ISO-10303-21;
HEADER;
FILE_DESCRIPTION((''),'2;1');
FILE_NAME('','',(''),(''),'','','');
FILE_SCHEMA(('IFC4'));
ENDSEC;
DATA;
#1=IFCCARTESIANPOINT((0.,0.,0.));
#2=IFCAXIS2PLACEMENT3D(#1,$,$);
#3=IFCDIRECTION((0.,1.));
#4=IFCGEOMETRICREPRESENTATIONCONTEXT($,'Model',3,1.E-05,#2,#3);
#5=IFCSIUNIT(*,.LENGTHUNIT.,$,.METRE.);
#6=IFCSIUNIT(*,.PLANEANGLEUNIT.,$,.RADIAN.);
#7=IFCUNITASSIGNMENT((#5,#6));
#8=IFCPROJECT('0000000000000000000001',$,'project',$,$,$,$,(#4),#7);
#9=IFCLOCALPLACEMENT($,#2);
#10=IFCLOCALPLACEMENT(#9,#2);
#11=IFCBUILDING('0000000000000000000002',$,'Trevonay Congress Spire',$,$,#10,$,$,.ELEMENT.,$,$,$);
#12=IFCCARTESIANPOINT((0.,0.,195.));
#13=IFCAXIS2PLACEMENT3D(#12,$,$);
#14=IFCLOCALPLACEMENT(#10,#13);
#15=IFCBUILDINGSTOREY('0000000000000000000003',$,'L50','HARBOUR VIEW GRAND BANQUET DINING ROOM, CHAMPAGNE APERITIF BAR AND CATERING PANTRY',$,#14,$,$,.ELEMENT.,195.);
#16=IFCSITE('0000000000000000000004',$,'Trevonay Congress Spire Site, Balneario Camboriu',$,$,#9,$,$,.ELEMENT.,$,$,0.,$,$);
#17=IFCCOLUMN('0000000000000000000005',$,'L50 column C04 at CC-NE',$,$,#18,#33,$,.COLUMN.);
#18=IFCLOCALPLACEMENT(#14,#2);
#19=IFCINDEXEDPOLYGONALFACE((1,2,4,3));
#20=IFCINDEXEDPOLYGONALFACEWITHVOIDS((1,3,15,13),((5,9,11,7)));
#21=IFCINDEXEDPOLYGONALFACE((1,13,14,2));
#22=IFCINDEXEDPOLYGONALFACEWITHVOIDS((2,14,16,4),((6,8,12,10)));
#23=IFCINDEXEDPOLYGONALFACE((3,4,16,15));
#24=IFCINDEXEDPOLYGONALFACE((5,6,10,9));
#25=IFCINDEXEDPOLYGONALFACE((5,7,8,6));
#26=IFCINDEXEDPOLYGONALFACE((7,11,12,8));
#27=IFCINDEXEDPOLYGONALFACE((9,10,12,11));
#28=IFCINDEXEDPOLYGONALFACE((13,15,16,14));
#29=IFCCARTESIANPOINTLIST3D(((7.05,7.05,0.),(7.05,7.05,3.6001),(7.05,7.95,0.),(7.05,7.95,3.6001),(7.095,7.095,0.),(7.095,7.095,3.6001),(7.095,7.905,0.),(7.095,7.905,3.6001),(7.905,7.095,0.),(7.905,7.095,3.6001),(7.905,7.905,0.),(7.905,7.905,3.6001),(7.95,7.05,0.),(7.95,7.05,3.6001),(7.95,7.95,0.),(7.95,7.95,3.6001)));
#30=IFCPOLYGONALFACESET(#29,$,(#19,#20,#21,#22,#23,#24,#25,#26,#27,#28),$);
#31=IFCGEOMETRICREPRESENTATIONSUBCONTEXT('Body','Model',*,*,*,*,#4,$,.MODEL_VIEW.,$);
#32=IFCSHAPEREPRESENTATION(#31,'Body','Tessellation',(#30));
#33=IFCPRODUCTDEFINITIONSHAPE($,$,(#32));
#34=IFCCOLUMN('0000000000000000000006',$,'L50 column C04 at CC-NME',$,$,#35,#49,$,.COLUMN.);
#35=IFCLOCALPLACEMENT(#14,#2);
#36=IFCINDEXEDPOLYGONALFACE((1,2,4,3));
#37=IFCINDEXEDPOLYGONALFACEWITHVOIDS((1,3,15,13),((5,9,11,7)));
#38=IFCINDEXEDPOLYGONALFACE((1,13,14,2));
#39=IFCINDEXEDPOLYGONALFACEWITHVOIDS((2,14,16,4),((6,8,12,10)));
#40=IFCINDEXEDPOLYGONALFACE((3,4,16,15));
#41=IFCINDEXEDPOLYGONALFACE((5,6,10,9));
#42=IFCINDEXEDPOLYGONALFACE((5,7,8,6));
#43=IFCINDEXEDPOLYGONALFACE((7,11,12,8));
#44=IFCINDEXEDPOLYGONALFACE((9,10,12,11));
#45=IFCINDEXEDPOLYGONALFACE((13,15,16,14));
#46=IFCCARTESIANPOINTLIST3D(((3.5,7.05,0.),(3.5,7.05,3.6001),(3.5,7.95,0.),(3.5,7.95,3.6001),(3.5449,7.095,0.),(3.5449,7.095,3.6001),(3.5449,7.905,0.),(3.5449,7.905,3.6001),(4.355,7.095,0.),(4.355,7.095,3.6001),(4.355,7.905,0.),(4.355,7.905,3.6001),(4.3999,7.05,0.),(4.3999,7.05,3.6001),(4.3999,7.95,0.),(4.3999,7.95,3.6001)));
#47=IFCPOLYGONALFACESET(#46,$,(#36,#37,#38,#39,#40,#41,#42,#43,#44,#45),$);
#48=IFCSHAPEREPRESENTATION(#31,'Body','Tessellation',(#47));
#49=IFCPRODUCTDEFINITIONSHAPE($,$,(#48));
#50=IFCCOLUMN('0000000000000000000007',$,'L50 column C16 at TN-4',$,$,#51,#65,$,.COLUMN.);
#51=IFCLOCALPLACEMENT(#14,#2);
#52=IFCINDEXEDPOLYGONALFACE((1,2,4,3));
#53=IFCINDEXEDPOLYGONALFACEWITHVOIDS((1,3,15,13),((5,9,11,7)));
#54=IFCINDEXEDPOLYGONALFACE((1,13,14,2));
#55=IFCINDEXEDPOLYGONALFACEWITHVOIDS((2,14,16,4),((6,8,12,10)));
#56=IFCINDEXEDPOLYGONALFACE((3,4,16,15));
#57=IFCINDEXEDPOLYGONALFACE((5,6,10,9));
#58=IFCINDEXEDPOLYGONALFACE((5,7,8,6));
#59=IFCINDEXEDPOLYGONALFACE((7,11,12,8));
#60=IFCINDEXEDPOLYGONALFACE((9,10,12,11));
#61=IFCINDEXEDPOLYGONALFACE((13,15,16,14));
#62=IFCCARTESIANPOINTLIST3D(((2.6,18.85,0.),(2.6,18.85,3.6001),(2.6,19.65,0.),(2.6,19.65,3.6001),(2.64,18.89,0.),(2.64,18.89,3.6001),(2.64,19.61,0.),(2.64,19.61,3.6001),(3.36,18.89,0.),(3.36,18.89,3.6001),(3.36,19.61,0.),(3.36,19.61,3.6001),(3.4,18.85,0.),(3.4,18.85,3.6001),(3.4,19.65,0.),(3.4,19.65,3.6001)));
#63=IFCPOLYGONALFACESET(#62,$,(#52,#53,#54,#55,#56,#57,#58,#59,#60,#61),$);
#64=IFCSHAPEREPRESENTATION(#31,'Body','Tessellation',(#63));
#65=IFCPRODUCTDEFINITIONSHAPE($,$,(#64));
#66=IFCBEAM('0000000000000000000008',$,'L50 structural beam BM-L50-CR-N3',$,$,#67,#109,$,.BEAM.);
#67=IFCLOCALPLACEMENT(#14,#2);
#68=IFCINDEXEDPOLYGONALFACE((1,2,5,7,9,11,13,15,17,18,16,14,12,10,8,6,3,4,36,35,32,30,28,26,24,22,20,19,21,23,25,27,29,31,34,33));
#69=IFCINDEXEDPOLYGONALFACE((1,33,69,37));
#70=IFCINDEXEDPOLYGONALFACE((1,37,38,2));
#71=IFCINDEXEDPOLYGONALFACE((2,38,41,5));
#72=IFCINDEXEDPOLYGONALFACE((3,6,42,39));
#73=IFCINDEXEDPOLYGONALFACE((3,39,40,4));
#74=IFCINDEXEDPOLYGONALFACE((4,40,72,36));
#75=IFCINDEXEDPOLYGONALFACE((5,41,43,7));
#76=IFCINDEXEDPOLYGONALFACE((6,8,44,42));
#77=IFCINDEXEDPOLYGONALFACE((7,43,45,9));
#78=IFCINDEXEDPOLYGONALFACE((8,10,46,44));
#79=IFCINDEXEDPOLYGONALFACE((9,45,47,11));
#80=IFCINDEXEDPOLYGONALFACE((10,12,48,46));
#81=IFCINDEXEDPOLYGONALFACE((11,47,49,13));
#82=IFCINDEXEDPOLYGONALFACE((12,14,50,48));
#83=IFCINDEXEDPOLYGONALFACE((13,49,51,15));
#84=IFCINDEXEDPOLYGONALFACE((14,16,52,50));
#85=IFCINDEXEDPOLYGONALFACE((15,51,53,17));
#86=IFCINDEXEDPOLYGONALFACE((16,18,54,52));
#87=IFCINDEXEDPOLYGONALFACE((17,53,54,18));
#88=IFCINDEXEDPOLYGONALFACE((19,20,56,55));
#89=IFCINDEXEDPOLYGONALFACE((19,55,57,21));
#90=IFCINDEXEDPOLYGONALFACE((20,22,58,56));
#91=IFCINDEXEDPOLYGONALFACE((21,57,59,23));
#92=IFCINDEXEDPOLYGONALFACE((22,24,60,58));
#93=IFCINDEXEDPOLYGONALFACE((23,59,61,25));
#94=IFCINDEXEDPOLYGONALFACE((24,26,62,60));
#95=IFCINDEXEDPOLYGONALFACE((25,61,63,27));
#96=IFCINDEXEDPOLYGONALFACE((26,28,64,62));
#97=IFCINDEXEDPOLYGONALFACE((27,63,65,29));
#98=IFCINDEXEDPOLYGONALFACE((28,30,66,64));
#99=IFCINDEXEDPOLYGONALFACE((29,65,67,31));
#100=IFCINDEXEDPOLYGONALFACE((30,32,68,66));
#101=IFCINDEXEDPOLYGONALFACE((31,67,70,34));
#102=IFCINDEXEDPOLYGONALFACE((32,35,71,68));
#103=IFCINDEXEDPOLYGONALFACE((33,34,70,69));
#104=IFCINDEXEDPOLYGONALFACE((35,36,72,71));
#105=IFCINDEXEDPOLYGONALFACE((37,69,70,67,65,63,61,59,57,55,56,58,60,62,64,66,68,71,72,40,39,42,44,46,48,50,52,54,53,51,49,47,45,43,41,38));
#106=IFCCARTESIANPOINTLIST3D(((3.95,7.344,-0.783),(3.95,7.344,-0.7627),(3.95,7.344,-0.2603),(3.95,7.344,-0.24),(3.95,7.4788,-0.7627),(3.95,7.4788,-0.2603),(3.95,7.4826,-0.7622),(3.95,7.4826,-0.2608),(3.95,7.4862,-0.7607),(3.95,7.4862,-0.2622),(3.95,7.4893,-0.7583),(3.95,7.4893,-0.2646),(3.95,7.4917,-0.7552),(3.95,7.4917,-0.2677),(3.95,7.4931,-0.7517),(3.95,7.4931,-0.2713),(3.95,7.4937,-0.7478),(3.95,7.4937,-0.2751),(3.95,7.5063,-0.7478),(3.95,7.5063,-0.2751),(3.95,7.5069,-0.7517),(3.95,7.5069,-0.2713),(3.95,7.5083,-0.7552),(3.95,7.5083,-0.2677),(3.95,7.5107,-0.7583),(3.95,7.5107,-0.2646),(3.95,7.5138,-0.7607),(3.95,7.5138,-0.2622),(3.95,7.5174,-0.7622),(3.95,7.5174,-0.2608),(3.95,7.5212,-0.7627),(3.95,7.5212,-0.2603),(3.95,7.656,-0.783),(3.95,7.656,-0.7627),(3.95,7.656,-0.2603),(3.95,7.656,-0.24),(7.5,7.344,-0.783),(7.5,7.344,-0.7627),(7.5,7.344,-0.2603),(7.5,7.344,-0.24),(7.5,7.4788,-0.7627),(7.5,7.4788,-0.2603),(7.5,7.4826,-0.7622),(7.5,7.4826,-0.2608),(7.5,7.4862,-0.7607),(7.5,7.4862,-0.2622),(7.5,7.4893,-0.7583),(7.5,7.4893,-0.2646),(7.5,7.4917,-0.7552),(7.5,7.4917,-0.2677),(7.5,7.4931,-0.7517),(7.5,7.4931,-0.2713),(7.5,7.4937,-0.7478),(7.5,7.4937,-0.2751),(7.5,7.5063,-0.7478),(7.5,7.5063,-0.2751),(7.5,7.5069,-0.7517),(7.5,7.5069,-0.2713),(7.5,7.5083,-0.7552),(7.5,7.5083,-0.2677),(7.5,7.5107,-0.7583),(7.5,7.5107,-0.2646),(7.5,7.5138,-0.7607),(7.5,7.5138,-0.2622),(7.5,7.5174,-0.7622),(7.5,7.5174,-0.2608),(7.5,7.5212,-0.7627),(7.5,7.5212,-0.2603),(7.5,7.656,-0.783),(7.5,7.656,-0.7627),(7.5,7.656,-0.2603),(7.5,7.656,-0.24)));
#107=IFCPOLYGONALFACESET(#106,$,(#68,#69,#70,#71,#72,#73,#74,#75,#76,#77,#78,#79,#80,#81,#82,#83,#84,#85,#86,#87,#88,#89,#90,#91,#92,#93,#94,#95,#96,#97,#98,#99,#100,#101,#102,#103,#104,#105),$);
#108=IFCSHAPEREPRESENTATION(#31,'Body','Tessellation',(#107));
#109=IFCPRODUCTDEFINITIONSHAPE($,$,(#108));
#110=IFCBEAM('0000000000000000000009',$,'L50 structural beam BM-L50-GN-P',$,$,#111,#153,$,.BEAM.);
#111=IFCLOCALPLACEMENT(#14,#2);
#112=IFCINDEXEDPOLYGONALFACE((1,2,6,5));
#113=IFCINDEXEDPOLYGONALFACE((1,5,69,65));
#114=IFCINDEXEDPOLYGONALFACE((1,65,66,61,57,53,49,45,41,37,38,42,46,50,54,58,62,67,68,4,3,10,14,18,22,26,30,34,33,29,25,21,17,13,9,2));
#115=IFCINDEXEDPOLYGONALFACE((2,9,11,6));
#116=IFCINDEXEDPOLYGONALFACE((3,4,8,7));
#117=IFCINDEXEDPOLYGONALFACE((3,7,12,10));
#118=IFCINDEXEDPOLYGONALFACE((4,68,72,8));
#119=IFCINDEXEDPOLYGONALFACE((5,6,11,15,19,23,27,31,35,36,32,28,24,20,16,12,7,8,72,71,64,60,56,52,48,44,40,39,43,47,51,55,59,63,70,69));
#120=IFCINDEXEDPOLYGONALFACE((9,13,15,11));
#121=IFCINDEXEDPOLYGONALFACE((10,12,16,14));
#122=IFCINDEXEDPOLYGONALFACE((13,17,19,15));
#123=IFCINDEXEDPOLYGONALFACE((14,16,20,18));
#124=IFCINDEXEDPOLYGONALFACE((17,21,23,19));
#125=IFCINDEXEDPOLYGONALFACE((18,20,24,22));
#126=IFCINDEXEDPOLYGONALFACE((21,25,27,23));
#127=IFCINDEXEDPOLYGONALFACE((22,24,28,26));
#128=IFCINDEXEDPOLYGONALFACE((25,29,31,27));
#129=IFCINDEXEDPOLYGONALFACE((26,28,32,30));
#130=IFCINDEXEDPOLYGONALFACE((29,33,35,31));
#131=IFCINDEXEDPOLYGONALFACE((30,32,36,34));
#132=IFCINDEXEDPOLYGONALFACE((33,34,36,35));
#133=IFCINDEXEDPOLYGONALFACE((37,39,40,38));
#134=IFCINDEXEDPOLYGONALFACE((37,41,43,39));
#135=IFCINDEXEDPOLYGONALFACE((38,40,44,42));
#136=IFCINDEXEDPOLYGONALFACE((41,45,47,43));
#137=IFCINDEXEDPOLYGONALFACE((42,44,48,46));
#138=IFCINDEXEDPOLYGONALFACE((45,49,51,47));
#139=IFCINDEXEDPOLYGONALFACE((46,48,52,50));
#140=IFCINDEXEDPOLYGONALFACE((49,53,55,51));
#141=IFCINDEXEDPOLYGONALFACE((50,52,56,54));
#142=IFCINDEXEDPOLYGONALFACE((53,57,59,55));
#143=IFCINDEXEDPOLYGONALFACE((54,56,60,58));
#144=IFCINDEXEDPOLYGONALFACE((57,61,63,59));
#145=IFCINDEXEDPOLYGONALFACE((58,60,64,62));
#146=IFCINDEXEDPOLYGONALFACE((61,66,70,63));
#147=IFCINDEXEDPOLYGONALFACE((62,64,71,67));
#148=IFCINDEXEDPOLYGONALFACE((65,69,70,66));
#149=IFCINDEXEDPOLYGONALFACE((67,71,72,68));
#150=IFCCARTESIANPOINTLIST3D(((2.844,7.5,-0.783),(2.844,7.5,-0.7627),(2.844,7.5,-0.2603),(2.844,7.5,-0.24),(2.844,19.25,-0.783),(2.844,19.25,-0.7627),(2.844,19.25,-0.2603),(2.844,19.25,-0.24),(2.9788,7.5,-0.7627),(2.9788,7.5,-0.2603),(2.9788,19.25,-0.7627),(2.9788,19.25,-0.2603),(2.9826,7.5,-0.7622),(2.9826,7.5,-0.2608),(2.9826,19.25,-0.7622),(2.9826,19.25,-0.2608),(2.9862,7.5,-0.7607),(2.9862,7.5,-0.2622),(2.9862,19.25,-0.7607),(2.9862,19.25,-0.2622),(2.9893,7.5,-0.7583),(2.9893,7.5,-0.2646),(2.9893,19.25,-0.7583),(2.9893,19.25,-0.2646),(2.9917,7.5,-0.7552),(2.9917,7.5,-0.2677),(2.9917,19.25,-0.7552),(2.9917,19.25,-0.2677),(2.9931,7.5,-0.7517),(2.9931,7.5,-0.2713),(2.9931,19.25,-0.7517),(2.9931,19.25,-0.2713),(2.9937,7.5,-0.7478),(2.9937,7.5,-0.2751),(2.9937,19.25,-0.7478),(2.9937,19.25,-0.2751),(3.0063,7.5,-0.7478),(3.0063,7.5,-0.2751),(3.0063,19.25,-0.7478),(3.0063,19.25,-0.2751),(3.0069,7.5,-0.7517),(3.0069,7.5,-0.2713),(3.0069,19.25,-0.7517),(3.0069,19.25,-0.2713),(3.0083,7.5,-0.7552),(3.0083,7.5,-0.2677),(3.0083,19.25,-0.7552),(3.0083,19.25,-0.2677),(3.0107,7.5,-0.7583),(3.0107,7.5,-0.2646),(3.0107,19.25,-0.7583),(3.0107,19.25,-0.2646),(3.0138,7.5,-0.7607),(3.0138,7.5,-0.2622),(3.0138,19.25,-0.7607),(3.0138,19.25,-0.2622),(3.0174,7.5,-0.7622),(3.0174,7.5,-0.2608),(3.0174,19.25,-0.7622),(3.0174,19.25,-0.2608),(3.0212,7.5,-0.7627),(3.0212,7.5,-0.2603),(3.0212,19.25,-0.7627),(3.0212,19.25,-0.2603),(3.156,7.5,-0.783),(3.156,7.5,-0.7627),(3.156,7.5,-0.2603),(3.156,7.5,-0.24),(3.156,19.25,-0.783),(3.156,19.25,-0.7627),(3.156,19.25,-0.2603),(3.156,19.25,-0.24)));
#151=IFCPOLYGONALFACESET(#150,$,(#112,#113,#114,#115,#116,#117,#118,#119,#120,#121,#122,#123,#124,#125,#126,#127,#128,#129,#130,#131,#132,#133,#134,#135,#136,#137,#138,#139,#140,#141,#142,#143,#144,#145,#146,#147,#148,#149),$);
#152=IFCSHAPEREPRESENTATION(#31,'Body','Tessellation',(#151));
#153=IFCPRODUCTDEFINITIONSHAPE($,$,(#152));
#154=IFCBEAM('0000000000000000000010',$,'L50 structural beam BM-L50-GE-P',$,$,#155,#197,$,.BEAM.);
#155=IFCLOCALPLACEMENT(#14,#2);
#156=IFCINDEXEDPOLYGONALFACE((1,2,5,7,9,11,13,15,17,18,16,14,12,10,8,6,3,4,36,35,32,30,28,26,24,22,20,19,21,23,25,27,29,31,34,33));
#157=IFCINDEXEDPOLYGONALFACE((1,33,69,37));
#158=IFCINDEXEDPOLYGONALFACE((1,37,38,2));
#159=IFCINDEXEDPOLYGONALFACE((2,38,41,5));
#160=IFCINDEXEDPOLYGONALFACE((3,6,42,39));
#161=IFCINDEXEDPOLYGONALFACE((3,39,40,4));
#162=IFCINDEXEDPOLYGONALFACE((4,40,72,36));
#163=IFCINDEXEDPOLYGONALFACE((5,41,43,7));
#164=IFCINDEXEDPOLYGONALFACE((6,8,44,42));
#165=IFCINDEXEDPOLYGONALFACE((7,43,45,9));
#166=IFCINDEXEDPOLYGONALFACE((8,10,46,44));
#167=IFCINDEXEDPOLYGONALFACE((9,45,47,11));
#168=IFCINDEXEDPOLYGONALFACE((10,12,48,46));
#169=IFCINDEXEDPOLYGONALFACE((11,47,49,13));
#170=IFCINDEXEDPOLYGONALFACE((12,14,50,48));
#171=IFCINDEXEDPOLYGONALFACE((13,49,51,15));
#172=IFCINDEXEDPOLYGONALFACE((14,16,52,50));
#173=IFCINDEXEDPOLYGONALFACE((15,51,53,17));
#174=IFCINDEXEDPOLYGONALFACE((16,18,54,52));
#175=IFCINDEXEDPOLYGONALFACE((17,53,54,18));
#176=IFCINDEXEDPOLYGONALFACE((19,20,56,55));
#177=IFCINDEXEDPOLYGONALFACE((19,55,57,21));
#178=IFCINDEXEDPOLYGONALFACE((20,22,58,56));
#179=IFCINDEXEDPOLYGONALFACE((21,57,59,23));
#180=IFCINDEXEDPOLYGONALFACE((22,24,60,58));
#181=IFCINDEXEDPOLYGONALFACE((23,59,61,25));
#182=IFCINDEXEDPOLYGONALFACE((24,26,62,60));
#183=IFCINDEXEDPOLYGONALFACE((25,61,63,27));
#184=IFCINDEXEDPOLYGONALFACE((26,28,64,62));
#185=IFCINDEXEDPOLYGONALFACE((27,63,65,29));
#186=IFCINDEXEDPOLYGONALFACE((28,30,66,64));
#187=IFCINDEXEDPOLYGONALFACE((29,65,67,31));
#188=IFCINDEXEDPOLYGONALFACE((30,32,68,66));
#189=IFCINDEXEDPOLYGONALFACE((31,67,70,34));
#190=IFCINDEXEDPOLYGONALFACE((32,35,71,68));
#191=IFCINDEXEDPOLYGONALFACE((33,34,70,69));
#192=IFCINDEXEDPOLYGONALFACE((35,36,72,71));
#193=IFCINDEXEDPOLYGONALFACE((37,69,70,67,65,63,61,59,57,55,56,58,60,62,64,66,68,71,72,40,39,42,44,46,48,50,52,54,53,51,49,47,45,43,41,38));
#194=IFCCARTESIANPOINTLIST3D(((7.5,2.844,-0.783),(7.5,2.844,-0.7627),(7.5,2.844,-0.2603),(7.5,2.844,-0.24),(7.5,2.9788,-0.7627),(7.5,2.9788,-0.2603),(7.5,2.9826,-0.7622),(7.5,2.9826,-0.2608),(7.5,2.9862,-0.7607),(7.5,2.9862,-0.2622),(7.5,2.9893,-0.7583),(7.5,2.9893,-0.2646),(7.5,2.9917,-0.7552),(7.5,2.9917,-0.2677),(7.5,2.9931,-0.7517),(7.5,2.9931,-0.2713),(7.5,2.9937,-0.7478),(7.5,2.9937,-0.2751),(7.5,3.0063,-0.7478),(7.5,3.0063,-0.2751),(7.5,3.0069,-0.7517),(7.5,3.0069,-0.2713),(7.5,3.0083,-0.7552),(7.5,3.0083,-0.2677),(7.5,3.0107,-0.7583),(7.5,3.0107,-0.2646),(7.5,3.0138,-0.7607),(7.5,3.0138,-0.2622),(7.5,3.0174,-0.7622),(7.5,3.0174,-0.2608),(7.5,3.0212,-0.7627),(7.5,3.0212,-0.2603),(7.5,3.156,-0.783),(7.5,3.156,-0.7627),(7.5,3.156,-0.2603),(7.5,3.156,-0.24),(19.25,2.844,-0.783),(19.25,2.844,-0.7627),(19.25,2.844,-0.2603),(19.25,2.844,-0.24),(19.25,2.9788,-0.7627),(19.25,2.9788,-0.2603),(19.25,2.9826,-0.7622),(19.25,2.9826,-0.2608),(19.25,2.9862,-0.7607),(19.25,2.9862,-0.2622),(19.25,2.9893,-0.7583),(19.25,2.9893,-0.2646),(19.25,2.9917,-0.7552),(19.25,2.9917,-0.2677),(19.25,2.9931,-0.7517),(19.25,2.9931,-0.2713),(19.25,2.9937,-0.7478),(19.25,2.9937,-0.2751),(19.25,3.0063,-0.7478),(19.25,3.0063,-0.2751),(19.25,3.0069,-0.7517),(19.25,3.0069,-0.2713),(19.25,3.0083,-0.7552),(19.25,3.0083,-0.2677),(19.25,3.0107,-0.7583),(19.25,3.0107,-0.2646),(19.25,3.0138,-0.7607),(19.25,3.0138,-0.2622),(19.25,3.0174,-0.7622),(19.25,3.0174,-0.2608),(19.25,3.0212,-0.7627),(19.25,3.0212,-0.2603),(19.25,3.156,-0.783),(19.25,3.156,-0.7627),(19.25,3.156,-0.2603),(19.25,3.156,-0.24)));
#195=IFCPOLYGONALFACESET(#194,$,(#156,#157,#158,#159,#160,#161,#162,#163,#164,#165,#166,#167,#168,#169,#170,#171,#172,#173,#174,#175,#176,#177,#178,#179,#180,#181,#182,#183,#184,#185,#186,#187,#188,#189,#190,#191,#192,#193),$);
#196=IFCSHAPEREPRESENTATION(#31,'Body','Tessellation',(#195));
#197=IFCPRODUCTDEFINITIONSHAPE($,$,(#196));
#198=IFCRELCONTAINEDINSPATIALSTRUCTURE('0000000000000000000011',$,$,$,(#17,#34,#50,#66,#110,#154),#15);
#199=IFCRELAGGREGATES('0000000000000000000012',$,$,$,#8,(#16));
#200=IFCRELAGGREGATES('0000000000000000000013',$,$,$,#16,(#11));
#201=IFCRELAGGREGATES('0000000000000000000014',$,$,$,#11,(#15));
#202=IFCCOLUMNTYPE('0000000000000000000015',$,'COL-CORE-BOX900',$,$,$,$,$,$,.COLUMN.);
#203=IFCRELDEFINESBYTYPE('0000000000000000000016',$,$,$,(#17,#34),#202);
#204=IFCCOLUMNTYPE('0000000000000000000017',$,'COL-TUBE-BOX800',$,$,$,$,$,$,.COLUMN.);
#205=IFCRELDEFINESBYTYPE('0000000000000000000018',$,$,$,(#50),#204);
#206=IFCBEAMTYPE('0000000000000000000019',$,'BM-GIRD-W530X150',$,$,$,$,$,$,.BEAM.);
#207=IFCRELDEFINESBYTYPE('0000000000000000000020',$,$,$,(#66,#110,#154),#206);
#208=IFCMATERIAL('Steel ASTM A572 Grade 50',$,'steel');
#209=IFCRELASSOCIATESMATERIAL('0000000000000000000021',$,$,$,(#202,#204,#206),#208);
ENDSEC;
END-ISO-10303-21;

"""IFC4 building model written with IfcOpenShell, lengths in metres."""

from ifc_helpers import new_model, si_unit, direction, frame, origin, origin_2d, place, context, subcontext, project, spatial, hollow_rectangle, i_section, extrude, material, material_profile, profile_set, type_object, element, save


model = new_model("IFC4")

# Units and contexts
model_context = context("Model", 3, precision=1e-05, world=origin(), true_north=direction((0.0, 1.0)))
body_context = subcontext(model_context, "Body", "Model", "MODEL_VIEW")
ifc_project = project(units=[si_unit("LENGTHUNIT", "METRE"), si_unit("PLANEANGLEUNIT", "RADIAN")], contexts=[model_context])

# Site, building, storey
site_placement = place(None, origin())
site = spatial("IfcSite", under=ifc_project, at=site_placement, Name="Trevonay Congress Spire Site, Balneario Camboriu", CompositionType="ELEMENT", RefElevation=0.0)
building_placement = place(site_placement, origin())
building = spatial("IfcBuilding", under=site, at=building_placement, Name="Trevonay Congress Spire", CompositionType="ELEMENT")
storey_placement = place(building_placement, frame((0.0, 0.0, 195.0)))
storey = spatial("IfcBuildingStorey", under=building, at=storey_placement, Name="L50", Description="HARBOUR VIEW GRAND BANQUET DINING ROOM, CHAMPAGNE APERITIF BAR AND CATERING PANTRY", CompositionType="ELEMENT", Elevation=195.0)

# Columns
ifc_material_1 = material(Name="Steel ASTM A572 Grade 50", Category="steel")
ifc_material_profile_1 = material_profile(ifc_material_1, hollow_rectangle(XDim=0.8999, YDim=0.8999, WallThickness=0.0449, at=origin_2d()), Name="BOX 900x900x45")
ifc_profile_set_1 = profile_set([ifc_material_profile_1], Name="Steel ASTM A572 Grade 50")
column_type_1 = type_object("IfcColumnType", Name="COL-CORE-BOX900", PredefinedType="COLUMN", material=ifc_profile_set_1)
for number, where, z_axis, x_axis, name in (
    (1, (7.5, 7.5, 0.0), (0.0, 0.0, 1.0), (1.0, 0.0, 0.0), "L50 column C04 at CC-NE"),
    (2, (3.95, 7.5, 0.0), (0.0, 0.0, 1.0), (1.0, 0.0, 0.0), "L50 column C04 at CC-NME"),
):
    element("IfcColumn", number, at=place(storey_placement, frame(where, z_axis=z_axis, x_axis=x_axis)), inside=storey, type_object=column_type_1, Name=name, PredefinedType="COLUMN", context=body_context, shape_type="SweptSolid", body=[
        extrude(hollow_rectangle(XDim=0.8999, YDim=0.8999, WallThickness=0.0449, at=origin_2d()), origin(), (0.0, 0.0, 1.0), 3.6001),
    ])
ifc_material_profile_2 = material_profile(ifc_material_1, hollow_rectangle(XDim=0.8, YDim=0.8, WallThickness=0.04, at=origin_2d()), Name="BOX 800x800x40")
ifc_profile_set_2 = profile_set([ifc_material_profile_2], Name="Steel ASTM A572 Grade 50")
column_type_2 = type_object("IfcColumnType", Name="COL-TUBE-BOX800", PredefinedType="COLUMN", material=ifc_profile_set_2)
column_placement = place(storey_placement, frame((3.0, 19.25, 0.0), z_axis=(0.0, 0.0, 1.0), x_axis=(1.0, 0.0, 0.0)))
element("IfcColumn", 3, at=column_placement, inside=storey, type_object=column_type_2, Name="L50 column C16 at TN-4", PredefinedType="COLUMN", context=body_context, shape_type="SweptSolid", body=[
    extrude(hollow_rectangle(XDim=0.8, YDim=0.8, WallThickness=0.04, at=origin_2d()), origin(), (0.0, 0.0, 1.0), 3.6001),
])

# Beams
ifc_material_profile_3 = material_profile(ifc_material_1, i_section(OverallWidth=0.312, OverallDepth=0.543, WebThickness=0.0127, FlangeThickness=0.0203, FilletRadius=0.0149, at=origin_2d()), Name="W530x150")
ifc_profile_set_3 = profile_set([ifc_material_profile_3], Name="Steel ASTM A572 Grade 50")
beam_type_1 = type_object("IfcBeamType", Name="BM-GIRD-W530X150", PredefinedType="BEAM", material=ifc_profile_set_3)
beam_1_placement = place(storey_placement, frame((3.95, 7.5, -0.5115), z_axis=(1.0, 0.0, 0.0), x_axis=(0.0, 1.0, 0.0)))
element("IfcBeam", 4, at=beam_1_placement, inside=storey, type_object=beam_type_1, Name="L50 structural beam BM-L50-CR-N3", PredefinedType="BEAM", context=body_context, shape_type="SweptSolid", body=[
    extrude(i_section(OverallWidth=0.312, OverallDepth=0.543, WebThickness=0.0127, FlangeThickness=0.0203, FilletRadius=0.0149, at=origin_2d()), origin(), (0.0, 0.0, 1.0), 3.55),
])
for number, where, z_axis, x_axis, name in (
    (5, (3.0, 7.5, -0.5115), (0.0, 1.0, 0.0), (-1.0, 0.0, 0.0), "L50 structural beam BM-L50-GN-P"),
    (6, (7.5, 3.0, -0.5115), (1.0, 0.0, 0.0), (0.0, 1.0, 0.0), "L50 structural beam BM-L50-GE-P"),
):
    element("IfcBeam", number, at=place(storey_placement, frame(where, z_axis=z_axis, x_axis=x_axis)), inside=storey, type_object=beam_type_1, Name=name, PredefinedType="BEAM", context=body_context, shape_type="SweptSolid", body=[
        extrude(i_section(OverallWidth=0.312, OverallDepth=0.543, WebThickness=0.0127, FlangeThickness=0.0203, FilletRadius=0.0149, at=origin_2d()), origin(), (0.0, 0.0, 1.0), 11.75),
    ])

save(model, "model.ifc")
